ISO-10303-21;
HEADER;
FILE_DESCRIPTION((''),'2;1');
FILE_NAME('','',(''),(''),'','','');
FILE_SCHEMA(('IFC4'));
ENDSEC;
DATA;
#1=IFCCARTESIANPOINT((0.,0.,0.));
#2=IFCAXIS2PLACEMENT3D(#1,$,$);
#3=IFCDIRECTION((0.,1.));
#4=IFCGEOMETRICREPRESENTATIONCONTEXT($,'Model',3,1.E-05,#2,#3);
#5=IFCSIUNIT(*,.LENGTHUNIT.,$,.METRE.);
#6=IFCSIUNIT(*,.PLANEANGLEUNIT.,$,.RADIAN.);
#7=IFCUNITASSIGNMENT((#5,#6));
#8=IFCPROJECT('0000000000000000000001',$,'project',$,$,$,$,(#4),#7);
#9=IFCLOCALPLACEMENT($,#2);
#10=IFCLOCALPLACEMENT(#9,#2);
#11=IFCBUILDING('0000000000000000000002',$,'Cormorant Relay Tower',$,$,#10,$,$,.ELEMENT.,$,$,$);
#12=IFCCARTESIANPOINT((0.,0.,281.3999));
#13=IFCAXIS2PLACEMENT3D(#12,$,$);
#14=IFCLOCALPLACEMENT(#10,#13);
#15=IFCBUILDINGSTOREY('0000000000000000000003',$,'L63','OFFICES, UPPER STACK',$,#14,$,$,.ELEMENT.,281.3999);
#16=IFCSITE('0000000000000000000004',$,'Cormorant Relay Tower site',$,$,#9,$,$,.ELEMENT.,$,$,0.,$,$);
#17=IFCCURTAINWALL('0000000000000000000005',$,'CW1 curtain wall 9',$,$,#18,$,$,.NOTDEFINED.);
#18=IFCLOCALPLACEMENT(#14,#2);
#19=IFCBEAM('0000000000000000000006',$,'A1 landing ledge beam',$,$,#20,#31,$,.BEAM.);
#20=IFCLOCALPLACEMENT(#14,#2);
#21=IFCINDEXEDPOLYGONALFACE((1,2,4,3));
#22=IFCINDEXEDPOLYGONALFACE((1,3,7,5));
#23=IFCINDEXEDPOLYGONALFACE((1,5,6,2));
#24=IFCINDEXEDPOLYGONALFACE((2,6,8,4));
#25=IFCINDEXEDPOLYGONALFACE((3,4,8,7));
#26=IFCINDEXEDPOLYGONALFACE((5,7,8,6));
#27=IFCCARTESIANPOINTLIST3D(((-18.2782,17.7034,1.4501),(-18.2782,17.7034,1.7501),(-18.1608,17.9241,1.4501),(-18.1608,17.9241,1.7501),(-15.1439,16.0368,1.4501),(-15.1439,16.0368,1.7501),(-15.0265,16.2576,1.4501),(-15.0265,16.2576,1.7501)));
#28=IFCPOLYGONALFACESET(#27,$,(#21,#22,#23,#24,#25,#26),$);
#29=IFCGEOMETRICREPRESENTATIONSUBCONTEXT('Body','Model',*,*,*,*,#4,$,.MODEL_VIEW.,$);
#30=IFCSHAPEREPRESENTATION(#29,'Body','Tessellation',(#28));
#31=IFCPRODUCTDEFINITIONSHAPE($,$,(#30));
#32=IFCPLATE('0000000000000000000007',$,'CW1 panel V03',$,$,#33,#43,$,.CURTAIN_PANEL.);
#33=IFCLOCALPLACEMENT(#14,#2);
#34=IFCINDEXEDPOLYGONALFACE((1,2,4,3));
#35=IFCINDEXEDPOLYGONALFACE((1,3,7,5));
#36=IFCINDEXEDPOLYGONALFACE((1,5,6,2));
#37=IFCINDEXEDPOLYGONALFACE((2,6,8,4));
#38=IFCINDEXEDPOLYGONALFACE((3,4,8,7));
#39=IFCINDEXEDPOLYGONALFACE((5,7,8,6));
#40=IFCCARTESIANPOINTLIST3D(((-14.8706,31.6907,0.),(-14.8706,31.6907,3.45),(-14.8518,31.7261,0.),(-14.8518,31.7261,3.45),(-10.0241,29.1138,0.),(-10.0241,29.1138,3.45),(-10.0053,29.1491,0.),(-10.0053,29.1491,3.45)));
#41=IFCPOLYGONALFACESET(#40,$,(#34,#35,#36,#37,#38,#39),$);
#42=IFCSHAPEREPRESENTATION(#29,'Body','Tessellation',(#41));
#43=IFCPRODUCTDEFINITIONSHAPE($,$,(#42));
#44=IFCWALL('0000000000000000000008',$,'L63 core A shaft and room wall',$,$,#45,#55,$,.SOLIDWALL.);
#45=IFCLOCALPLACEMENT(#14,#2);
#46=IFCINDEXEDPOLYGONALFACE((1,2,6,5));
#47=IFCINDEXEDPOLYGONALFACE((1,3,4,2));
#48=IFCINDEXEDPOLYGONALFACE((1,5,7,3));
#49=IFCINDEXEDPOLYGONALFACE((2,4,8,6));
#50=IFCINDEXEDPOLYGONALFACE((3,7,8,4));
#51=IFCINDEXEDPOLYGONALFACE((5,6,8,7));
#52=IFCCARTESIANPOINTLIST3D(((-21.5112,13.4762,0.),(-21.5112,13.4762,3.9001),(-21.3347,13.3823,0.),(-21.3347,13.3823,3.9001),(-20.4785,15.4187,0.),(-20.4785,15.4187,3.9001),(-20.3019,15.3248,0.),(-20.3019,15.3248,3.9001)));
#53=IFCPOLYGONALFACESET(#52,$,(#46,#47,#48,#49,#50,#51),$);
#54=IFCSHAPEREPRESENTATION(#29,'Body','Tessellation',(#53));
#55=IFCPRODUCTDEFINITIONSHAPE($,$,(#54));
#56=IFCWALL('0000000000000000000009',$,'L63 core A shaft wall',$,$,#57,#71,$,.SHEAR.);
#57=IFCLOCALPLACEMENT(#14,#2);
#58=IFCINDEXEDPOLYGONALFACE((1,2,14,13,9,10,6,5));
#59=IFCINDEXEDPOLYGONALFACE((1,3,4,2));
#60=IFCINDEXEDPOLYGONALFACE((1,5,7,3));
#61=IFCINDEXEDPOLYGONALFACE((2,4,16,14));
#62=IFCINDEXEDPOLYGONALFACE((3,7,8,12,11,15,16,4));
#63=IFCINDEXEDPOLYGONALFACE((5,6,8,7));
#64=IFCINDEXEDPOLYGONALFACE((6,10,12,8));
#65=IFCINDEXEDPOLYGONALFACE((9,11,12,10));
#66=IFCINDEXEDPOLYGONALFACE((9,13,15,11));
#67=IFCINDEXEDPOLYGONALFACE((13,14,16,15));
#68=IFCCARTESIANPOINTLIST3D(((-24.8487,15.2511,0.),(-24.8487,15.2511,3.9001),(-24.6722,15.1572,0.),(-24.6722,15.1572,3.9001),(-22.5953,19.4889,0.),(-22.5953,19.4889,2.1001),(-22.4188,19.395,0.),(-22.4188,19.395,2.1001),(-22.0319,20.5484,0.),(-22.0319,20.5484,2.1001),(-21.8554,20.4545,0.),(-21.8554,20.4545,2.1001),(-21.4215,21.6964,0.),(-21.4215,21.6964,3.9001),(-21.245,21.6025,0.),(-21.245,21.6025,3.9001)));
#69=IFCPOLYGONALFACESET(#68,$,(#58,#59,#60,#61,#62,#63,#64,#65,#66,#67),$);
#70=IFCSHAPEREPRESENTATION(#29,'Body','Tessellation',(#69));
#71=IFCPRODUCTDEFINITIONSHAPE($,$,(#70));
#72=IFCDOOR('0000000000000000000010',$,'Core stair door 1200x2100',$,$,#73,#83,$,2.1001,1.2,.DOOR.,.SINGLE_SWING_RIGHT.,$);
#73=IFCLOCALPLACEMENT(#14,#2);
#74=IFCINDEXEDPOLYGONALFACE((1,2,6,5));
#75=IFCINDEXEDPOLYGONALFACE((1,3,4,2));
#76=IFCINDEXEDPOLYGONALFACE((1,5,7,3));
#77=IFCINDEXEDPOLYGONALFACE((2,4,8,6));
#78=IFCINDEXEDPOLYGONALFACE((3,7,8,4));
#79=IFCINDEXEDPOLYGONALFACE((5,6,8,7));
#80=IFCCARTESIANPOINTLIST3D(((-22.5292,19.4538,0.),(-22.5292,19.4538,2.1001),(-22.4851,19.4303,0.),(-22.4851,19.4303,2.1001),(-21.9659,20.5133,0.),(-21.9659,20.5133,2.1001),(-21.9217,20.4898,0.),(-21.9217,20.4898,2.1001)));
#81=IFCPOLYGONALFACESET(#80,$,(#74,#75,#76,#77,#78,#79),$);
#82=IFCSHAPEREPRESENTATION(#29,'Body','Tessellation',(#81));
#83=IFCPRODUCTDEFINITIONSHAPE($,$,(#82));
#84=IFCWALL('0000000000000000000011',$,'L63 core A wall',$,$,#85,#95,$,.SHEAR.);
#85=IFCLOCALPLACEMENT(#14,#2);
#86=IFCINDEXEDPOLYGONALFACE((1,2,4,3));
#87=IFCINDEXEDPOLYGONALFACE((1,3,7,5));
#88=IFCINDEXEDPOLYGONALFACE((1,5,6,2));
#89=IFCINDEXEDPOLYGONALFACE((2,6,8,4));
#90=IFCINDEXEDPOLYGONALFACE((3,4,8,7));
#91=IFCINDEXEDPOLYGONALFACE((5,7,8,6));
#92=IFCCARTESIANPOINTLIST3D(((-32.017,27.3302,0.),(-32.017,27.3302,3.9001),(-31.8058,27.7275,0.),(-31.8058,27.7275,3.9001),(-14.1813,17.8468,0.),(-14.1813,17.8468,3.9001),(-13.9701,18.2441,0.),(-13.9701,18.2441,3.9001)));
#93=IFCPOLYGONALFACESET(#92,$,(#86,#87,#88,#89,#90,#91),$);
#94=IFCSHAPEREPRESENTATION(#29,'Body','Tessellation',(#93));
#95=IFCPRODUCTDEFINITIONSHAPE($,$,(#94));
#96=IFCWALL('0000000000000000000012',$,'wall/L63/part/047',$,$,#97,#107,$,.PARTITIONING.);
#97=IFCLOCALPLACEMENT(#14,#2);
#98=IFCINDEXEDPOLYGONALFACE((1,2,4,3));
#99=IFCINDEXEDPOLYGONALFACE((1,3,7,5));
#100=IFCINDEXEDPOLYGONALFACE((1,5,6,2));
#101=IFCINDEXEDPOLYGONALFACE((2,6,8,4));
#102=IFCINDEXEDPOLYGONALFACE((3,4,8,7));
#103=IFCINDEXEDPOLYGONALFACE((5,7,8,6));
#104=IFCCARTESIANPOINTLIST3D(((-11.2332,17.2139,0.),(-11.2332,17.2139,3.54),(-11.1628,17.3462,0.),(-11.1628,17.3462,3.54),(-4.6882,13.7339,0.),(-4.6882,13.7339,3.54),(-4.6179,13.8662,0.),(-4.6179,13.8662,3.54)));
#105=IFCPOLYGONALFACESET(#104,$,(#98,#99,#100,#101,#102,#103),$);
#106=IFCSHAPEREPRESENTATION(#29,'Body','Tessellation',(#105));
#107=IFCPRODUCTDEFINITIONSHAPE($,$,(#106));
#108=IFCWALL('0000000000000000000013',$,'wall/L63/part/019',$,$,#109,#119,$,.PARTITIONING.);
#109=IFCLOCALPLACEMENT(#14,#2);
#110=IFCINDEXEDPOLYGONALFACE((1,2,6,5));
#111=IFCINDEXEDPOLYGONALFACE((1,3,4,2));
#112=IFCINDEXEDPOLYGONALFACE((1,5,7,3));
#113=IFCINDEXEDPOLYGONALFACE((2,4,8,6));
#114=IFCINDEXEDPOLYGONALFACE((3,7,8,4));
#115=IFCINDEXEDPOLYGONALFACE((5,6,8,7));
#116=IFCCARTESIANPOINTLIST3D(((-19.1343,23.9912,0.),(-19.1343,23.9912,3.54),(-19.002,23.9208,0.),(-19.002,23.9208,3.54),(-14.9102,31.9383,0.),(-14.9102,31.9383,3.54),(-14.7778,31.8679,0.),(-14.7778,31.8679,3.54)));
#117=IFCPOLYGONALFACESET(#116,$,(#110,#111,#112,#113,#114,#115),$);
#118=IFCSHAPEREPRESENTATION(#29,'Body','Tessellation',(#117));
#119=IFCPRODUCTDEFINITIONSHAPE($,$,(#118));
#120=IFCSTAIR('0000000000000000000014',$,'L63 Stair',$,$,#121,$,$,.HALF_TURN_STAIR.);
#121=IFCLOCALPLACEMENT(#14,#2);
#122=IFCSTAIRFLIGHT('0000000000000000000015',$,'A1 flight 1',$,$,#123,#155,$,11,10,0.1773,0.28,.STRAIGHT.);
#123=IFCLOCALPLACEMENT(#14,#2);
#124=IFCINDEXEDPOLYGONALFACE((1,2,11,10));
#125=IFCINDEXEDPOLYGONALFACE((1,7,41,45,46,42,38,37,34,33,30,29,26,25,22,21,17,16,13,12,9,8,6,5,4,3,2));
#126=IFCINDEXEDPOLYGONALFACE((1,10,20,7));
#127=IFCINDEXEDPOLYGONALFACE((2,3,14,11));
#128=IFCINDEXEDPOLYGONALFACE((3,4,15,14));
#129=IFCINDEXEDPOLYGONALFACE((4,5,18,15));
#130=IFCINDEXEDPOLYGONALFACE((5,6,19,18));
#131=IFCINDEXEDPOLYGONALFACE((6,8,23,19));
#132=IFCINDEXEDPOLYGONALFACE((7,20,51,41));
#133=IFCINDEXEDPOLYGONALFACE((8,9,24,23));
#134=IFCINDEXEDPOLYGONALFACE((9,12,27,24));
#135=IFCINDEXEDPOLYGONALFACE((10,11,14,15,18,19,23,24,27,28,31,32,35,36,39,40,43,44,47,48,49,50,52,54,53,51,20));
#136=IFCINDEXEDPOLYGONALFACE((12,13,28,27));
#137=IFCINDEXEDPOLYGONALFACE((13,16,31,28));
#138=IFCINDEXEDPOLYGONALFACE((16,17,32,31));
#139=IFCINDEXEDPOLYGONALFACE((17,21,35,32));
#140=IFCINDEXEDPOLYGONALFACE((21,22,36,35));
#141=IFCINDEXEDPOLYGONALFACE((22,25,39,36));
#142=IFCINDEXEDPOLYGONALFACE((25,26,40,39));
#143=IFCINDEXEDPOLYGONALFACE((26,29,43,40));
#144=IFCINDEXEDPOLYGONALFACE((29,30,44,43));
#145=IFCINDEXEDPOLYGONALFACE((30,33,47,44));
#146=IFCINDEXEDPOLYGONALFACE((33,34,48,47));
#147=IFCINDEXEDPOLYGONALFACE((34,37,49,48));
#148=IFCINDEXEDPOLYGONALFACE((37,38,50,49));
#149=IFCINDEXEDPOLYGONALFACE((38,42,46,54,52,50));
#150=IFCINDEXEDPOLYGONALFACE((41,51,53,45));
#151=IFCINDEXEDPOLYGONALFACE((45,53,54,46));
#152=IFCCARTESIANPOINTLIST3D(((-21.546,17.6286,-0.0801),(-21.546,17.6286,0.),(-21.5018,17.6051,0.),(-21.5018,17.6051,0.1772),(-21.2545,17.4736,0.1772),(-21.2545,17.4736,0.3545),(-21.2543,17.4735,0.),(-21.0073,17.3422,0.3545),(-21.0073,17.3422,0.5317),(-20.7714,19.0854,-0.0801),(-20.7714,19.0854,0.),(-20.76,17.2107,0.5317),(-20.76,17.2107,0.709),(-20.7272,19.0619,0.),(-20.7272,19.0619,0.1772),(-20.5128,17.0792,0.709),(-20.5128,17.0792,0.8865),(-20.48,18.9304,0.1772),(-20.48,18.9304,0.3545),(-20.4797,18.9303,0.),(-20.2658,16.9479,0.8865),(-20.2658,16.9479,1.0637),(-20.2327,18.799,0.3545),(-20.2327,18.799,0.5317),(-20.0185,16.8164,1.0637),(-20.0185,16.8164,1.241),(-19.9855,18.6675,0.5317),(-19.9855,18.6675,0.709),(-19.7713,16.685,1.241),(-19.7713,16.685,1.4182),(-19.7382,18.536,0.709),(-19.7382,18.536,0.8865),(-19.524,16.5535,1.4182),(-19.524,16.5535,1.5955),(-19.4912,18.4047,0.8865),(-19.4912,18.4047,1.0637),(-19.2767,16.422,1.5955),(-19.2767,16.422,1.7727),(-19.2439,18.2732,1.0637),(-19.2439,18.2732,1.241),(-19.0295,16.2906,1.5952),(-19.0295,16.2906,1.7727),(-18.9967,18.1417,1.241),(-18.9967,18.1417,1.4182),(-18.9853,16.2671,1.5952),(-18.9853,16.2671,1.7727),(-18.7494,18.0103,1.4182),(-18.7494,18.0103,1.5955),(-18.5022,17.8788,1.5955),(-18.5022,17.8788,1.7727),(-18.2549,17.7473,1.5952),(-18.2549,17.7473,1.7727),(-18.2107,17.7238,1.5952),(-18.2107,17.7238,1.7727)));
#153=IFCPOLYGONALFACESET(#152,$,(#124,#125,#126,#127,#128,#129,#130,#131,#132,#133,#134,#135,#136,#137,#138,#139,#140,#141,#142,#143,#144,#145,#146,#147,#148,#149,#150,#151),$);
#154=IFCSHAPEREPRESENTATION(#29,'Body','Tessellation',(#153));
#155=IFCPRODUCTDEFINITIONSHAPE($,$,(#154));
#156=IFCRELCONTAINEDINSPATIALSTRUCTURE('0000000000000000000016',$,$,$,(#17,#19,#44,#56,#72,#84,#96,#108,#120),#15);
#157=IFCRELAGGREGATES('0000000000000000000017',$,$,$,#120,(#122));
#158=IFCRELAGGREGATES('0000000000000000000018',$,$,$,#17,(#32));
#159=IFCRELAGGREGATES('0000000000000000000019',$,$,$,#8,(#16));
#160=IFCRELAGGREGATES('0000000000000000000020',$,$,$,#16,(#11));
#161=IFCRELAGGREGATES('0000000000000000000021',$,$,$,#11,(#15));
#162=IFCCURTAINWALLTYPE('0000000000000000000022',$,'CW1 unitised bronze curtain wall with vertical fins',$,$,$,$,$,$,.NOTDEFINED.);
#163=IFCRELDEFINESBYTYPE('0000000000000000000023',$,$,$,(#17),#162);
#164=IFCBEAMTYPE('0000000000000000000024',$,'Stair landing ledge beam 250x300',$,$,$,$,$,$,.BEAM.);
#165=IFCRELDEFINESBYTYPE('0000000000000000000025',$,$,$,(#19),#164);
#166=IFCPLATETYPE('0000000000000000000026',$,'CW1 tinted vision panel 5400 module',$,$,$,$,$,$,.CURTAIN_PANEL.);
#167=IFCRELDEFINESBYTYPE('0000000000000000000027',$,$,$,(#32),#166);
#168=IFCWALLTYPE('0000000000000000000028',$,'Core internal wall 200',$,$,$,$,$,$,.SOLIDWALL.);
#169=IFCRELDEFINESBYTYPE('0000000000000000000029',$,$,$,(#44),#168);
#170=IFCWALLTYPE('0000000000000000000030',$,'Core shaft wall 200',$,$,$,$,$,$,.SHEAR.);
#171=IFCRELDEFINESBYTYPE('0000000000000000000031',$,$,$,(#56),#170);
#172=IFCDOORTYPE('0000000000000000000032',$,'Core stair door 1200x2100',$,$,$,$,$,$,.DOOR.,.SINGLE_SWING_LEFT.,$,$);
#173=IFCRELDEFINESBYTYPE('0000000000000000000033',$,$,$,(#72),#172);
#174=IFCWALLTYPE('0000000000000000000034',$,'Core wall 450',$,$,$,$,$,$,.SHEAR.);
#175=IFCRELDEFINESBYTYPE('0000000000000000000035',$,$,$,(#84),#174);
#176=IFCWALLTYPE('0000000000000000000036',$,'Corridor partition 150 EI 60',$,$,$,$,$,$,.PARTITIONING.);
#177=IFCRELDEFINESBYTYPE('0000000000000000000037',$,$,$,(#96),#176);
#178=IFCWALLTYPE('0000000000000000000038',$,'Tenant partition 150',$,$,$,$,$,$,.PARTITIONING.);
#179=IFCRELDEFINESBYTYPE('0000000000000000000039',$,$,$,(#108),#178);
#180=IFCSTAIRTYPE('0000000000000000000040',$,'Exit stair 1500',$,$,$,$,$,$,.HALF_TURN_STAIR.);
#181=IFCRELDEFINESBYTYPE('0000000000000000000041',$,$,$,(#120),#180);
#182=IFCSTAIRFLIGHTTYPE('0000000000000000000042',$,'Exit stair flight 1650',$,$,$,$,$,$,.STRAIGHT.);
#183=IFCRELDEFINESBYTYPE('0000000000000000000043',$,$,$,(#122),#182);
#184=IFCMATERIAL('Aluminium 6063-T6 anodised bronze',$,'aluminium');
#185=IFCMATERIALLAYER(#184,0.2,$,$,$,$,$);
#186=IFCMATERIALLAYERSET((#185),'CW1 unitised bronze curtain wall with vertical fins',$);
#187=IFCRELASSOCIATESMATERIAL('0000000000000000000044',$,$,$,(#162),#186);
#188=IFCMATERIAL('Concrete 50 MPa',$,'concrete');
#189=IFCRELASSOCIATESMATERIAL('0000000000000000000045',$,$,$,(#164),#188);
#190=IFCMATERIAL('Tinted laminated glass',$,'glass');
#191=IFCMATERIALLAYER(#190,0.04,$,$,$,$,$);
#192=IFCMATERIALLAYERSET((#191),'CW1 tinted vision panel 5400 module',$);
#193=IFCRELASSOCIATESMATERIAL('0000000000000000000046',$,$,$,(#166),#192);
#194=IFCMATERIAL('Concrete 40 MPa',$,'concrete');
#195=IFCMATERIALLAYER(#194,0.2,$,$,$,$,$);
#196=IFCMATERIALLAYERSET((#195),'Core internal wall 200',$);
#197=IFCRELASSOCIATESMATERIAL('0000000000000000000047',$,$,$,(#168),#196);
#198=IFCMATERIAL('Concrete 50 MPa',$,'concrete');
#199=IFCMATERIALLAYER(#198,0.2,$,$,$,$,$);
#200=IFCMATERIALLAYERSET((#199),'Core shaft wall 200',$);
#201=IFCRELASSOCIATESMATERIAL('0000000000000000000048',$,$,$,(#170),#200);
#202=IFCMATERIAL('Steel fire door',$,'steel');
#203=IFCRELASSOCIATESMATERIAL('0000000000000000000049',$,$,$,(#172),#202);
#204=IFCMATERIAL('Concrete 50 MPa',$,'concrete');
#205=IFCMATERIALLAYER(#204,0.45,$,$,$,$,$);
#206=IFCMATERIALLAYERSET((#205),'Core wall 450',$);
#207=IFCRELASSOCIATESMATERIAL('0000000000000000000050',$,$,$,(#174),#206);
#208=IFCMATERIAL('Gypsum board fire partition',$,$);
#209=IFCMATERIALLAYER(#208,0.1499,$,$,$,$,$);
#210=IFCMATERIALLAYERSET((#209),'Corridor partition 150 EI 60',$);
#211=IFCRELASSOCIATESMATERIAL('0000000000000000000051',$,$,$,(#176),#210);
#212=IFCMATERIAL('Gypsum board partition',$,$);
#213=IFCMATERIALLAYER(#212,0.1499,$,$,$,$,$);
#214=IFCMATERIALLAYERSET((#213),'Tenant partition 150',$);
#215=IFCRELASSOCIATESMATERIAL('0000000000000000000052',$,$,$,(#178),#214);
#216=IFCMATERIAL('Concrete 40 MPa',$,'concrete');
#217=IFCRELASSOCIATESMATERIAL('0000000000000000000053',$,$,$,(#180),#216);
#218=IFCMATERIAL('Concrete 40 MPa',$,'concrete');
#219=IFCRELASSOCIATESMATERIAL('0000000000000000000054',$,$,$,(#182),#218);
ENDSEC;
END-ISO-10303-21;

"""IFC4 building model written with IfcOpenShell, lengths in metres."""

from ifc_helpers import new_model, si_unit, direction, frame, frame_2d, origin, origin_2d, place, context, subcontext, project, spatial, polyline, rectangle, outline, extrude, material, layer, layer_set, material_profile, profile_set, type_object, element, fill, aggregate, save


model = new_model("IFC4")

# Units and contexts
model_context = context("Model", 3, precision=1e-05, world=origin(), true_north=direction((0.0, 1.0)))
body_context = subcontext(model_context, "Body", "Model", "MODEL_VIEW")
ifc_project = project(units=[si_unit("LENGTHUNIT", "METRE"), si_unit("PLANEANGLEUNIT", "RADIAN")], contexts=[model_context])

# Site, building, storey
site_placement = place(None, origin())
site = spatial("IfcSite", under=ifc_project, at=site_placement, Name="Cormorant Relay Tower site", CompositionType="ELEMENT", RefElevation=0.0)
building_placement = place(site_placement, origin())
building = spatial("IfcBuilding", under=site, at=building_placement, Name="Cormorant Relay Tower", CompositionType="ELEMENT")
storey_placement = place(building_placement, frame((0.0, 0.0, 281.3999)))
storey = spatial("IfcBuildingStorey", under=building, at=storey_placement, Name="L63", Description="OFFICES, UPPER STACK", CompositionType="ELEMENT", Elevation=281.3999)

# Curtain wall
ifc_material_1 = material(Name="Aluminium 6063-T6 anodised bronze", Category="aluminium")
ifc_layer_1 = layer(ifc_material_1, 0.2)
ifc_layer_set_1 = layer_set([ifc_layer_1], Name="CW1 unitised bronze curtain wall with vertical fins")
curtain_wall_type = type_object("IfcCurtainWallType", Name="CW1 unitised bronze curtain wall with vertical fins", PredefinedType="NOTDEFINED", material=ifc_layer_set_1)
curtain_wall_placement = place(storey_placement, origin())
curtain_wall = element("IfcCurtainWall", 1, at=curtain_wall_placement, inside=storey, type_object=curtain_wall_type, Name="CW1 curtain wall 9", PredefinedType="NOTDEFINED")

# Beam
ifc_material_2 = material(Name="Concrete 50 MPa", Category="concrete")
ifc_material_profile_1 = material_profile(ifc_material_2, rectangle(XDim=0.25, YDim=0.3, at=origin_2d()), Name="RC 250x300")
ifc_profile_set_1 = profile_set([ifc_material_profile_1], Name="Concrete 50 MPa")
beam_type_1 = type_object("IfcBeamType", Name="Stair landing ledge beam 250x300", PredefinedType="BEAM", material=ifc_profile_set_1)
beam_1_placement = place(storey_placement, frame((-18.2195, 17.8137, 1.6001), z_axis=(0.88295, -0.469467, 0.0), x_axis=(0.469467, 0.88295, 0.0)))
element("IfcBeam", 2, at=beam_1_placement, inside=storey, type_object=beam_type_1, Name="A1 landing ledge beam", PredefinedType="BEAM", context=body_context, shape_type="SweptSolid", body=[
    extrude(rectangle(XDim=0.25, YDim=0.3, at=origin_2d()), origin(), (0.0, 0.0, 1.0), 3.5498),
])

# Plate
ifc_material_3 = material(Name="Tinted laminated glass", Category="glass")
ifc_layer_2 = layer(ifc_material_3, 0.04)
ifc_layer_set_2 = layer_set([ifc_layer_2], Name="CW1 tinted vision panel 5400 module")
plate_type = type_object("IfcPlateType", Name="CW1 tinted vision panel 5400 module", PredefinedType="CURTAIN_PANEL", material=ifc_layer_set_2)
plate_placement = place(storey_placement, frame((-12.438, 30.4199, 0.0), z_axis=(0.0, 0.0, 1.0), x_axis=(-0.882948, 0.469472, 0.0)))
plate = element("IfcPlate", 3, at=plate_placement, type_object=plate_type, Name="CW1 panel V03", PredefinedType="CURTAIN_PANEL", context=body_context, shape_type="SweptSolid", body=[
    extrude(rectangle(XDim=5.489, YDim=0.04, at=origin_2d()), origin(), (0.0, 0.0, 1.0), 3.45),
])

# Wall
ifc_material_4 = material(Name="Concrete 40 MPa", Category="concrete")
ifc_layer_3 = layer(ifc_material_4, 0.2)
ifc_layer_set_3 = layer_set([ifc_layer_3], Name="Core internal wall 200")
wall_type_1 = type_object("IfcWallType", Name="Core internal wall 200", PredefinedType="SOLIDWALL", material=ifc_layer_set_3)
wall_1_placement = place(storey_placement, frame((-20.3901, 15.3718, 0.0), z_axis=(0.0, 0.0, 1.0), x_axis=(-0.469447, -0.88296, 0.0)))
element("IfcWall", 4, at=wall_1_placement, inside=storey, type_object=wall_type_1, Name="L63 core A shaft and room wall", PredefinedType="SOLIDWALL", context=body_context, shape_type="SweptSolid", body=[
    extrude(rectangle(XDim=2.2, YDim=0.2, at=frame_2d((1.1001, 0.0))), origin(), (0.0, 0.0, 1.0), 3.9001),
])

# Wall, opening, door
ifc_material_5 = material(Name="Concrete 50 MPa", Category="concrete")
ifc_layer_4 = layer(ifc_material_5, 0.2)
ifc_layer_set_4 = layer_set([ifc_layer_4], Name="Core shaft wall 200")
wall_type_2 = type_object("IfcWallType", Name="Core shaft wall 200", PredefinedType="SHEAR", material=ifc_layer_set_4)
wall_2_placement = place(storey_placement, frame((-21.3333, 21.6494, 0.0), z_axis=(0.0, 0.0, 1.0), x_axis=(-0.469494, -0.882936, 0.0)))
wall_2 = element("IfcWall", 5, at=wall_2_placement, inside=storey, type_object=wall_type_2, Name="L63 core A shaft wall", PredefinedType="SHEAR", context=body_context, shape_type="SweptSolid", body=[
    extrude(rectangle(XDim=7.2998, YDim=0.2, at=frame_2d((3.6499, 0.0))), origin(), (0.0, 0.0, 1.0), 3.9001),
])
opening_1_placement = place(wall_2_placement, frame((1.3, 0.0, 0.0)))
opening_1 = element("IfcOpeningElement", 6, at=opening_1_placement, cuts=wall_2, PredefinedType="OPENING", context=body_context, shape_type="SweptSolid", body=[
    extrude(rectangle(XDim=1.2, YDim=2.1001, at=frame_2d((0.6001, 1.05))), frame((0.0, 0.1099, 0.0), z_axis=(0.0, -1.0, 0.0), x_axis=(1.0, 0.0, 0.0)), (0.0, 0.0, 1.0), 0.22),
])
ifc_material_6 = material(Name="Steel fire door", Category="steel")
door_type_1 = type_object("IfcDoorType", Name="Core stair door 1200x2100", OperationType="SINGLE_SWING_LEFT", PredefinedType="DOOR", material=ifc_material_6)
door_1_placement = place(opening_1_placement, origin())
door_1 = element("IfcDoor", 7, at=door_1_placement, inside=storey, type_object=door_type_1, Name="Core stair door 1200x2100", OperationType="SINGLE_SWING_RIGHT", OverallHeight=2.1001, OverallWidth=1.2, PredefinedType="DOOR", context=body_context, shape_type="SweptSolid", body=[
    extrude(rectangle(XDim=1.2, YDim=2.1001, at=frame_2d((0.6001, 1.05))), frame((0.0, 0.0249, 0.0), z_axis=(0.0, -1.0, 0.0), x_axis=(1.0, 0.0, 0.0)), (0.0, 0.0, 1.0), 0.05),
])
fill(opening_1, door_1)
ifc_material_7 = material(Name="Concrete 50 MPa", Category="concrete")
ifc_layer_5 = layer(ifc_material_7, 0.45)
ifc_layer_set_5 = layer_set([ifc_layer_5], Name="Core wall 450")
wall_type_3 = type_object("IfcWallType", Name="Core wall 450", PredefinedType="SHEAR", material=ifc_layer_set_5)

# Walls
wall_3_placement = place(storey_placement, frame((-14.0757, 18.0454, 0.0), z_axis=(0.0, 0.0, 1.0), x_axis=(-0.882948, 0.469471, 0.0)))
element("IfcWall", 8, at=wall_3_placement, inside=storey, type_object=wall_type_3, Name="L63 core A wall", PredefinedType="SHEAR", context=body_context, shape_type="SweptSolid", body=[
    extrude(rectangle(XDim=20.2002, YDim=0.45, at=frame_2d((10.1001, 0.0))), origin(), (0.0, 0.0, 1.0), 3.9001),
])
ifc_material_8 = material(Name="Gypsum board fire partition")
ifc_layer_6 = layer(ifc_material_8, 0.1499)
ifc_layer_set_6 = layer_set([ifc_layer_6], Name="Corridor partition 150 EI 60")
wall_type_4 = type_object("IfcWallType", Name="Corridor partition 150 EI 60", PredefinedType="PARTITIONING", material=ifc_layer_set_6)
wall_4_placement = place(storey_placement, frame((-11.198, 17.28, 0.0), z_axis=(0.0, 0.0, 1.0), x_axis=(0.882948, -0.46947, 0.0)))
element("IfcWall", 9, at=wall_4_placement, inside=storey, type_object=wall_type_4, Name="wall/L63/part/047", PredefinedType="PARTITIONING", context=body_context, shape_type="SweptSolid", body=[
    extrude(rectangle(XDim=7.4126, YDim=0.1499, at=frame_2d((3.7063, 0.0))), origin(), (0.0, 0.0, 1.0), 3.54),
])
ifc_material_9 = material(Name="Gypsum board partition")
ifc_layer_7 = layer(ifc_material_9, 0.1499)
ifc_layer_set_7 = layer_set([ifc_layer_7], Name="Tenant partition 150")
wall_type_5 = type_object("IfcWallType", Name="Tenant partition 150", PredefinedType="PARTITIONING", material=ifc_layer_set_7)
wall_5_placement = place(storey_placement, frame((-14.844, 31.9031, 0.0), z_axis=(0.0, 0.0, 1.0), x_axis=(-0.469352, -0.883011, 0.0)))
element("IfcWall", 10, at=wall_5_placement, inside=storey, type_object=wall_type_5, Name="wall/L63/part/019", PredefinedType="PARTITIONING", context=body_context, shape_type="SweptSolid", body=[
    extrude(rectangle(XDim=9.0, YDim=0.1499, at=frame_2d((4.5, 0.0))), origin(), (0.0, 0.0, 1.0), 3.54),
])

# Stair, stair flight
ifc_material_10 = material(Name="Concrete 40 MPa", Category="concrete")
stair_type = type_object("IfcStairType", Name="Exit stair 1500", PredefinedType="HALF_TURN_STAIR", material=ifc_material_10)
stair_placement = place(storey_placement, origin())
stair = element("IfcStair", 11, at=stair_placement, inside=storey, type_object=stair_type, Name="L63 Stair", PredefinedType="HALF_TURN_STAIR")
ifc_material_11 = material(Name="Concrete 40 MPa", Category="concrete")
stair_flight_type = type_object("IfcStairFlightType", Name="Exit stair flight 1650", PredefinedType="STRAIGHT", material=ifc_material_11)
stair_flight_1_placement = place(storey_placement, frame((-21.1145, 18.3335, 0.0), z_axis=(0.0, 0.0, 1.0), x_axis=(0.882948, -0.469472, 0.0)))
stair_flight_1 = element("IfcStairFlight", 12, at=stair_flight_1_placement, type_object=stair_flight_type, Name="A1 flight 1", NumberOfRisers=11, NumberOfTreads=10, PredefinedType="STRAIGHT", RiserHeight=0.1773, TreadLength=0.28, context=body_context, shape_type="SweptSolid", body=[
    extrude(outline(polyline([(-0.05, -0.0801), (-0.05, 0.0), (0.0, 0.0), (0.0, 0.1772), (0.28, 0.1772), (0.28, 0.3545), (0.5601, 0.3545), (0.5601, 0.5317), (0.8401, 0.5317), (0.8401, 0.709), (1.1201, 0.709), (1.1201, 0.8865), (1.3999, 0.8865), (1.3999, 1.0637), (1.6799, 1.0637), (1.6799, 1.241), (1.96, 1.241), (1.96, 1.4182), (2.24, 1.4182), (2.24, 1.5955), (2.52, 1.5955), (2.52, 1.7727), (2.8, 1.7727), (2.8501, 1.7727), (2.8501, 1.5952), (2.8, 1.5952), (0.2803, 0.0), (-0.05, -0.0801)])), frame((0.0, 0.825, 0.0), z_axis=(0.0, -1.0, 0.0), x_axis=(1.0, 0.0, 0.0)), (0.0, 0.0, 1.0), 1.6499),
])
aggregate(stair, [stair_flight_1])

aggregate(curtain_wall, [plate])

save(model, "model.ifc")
